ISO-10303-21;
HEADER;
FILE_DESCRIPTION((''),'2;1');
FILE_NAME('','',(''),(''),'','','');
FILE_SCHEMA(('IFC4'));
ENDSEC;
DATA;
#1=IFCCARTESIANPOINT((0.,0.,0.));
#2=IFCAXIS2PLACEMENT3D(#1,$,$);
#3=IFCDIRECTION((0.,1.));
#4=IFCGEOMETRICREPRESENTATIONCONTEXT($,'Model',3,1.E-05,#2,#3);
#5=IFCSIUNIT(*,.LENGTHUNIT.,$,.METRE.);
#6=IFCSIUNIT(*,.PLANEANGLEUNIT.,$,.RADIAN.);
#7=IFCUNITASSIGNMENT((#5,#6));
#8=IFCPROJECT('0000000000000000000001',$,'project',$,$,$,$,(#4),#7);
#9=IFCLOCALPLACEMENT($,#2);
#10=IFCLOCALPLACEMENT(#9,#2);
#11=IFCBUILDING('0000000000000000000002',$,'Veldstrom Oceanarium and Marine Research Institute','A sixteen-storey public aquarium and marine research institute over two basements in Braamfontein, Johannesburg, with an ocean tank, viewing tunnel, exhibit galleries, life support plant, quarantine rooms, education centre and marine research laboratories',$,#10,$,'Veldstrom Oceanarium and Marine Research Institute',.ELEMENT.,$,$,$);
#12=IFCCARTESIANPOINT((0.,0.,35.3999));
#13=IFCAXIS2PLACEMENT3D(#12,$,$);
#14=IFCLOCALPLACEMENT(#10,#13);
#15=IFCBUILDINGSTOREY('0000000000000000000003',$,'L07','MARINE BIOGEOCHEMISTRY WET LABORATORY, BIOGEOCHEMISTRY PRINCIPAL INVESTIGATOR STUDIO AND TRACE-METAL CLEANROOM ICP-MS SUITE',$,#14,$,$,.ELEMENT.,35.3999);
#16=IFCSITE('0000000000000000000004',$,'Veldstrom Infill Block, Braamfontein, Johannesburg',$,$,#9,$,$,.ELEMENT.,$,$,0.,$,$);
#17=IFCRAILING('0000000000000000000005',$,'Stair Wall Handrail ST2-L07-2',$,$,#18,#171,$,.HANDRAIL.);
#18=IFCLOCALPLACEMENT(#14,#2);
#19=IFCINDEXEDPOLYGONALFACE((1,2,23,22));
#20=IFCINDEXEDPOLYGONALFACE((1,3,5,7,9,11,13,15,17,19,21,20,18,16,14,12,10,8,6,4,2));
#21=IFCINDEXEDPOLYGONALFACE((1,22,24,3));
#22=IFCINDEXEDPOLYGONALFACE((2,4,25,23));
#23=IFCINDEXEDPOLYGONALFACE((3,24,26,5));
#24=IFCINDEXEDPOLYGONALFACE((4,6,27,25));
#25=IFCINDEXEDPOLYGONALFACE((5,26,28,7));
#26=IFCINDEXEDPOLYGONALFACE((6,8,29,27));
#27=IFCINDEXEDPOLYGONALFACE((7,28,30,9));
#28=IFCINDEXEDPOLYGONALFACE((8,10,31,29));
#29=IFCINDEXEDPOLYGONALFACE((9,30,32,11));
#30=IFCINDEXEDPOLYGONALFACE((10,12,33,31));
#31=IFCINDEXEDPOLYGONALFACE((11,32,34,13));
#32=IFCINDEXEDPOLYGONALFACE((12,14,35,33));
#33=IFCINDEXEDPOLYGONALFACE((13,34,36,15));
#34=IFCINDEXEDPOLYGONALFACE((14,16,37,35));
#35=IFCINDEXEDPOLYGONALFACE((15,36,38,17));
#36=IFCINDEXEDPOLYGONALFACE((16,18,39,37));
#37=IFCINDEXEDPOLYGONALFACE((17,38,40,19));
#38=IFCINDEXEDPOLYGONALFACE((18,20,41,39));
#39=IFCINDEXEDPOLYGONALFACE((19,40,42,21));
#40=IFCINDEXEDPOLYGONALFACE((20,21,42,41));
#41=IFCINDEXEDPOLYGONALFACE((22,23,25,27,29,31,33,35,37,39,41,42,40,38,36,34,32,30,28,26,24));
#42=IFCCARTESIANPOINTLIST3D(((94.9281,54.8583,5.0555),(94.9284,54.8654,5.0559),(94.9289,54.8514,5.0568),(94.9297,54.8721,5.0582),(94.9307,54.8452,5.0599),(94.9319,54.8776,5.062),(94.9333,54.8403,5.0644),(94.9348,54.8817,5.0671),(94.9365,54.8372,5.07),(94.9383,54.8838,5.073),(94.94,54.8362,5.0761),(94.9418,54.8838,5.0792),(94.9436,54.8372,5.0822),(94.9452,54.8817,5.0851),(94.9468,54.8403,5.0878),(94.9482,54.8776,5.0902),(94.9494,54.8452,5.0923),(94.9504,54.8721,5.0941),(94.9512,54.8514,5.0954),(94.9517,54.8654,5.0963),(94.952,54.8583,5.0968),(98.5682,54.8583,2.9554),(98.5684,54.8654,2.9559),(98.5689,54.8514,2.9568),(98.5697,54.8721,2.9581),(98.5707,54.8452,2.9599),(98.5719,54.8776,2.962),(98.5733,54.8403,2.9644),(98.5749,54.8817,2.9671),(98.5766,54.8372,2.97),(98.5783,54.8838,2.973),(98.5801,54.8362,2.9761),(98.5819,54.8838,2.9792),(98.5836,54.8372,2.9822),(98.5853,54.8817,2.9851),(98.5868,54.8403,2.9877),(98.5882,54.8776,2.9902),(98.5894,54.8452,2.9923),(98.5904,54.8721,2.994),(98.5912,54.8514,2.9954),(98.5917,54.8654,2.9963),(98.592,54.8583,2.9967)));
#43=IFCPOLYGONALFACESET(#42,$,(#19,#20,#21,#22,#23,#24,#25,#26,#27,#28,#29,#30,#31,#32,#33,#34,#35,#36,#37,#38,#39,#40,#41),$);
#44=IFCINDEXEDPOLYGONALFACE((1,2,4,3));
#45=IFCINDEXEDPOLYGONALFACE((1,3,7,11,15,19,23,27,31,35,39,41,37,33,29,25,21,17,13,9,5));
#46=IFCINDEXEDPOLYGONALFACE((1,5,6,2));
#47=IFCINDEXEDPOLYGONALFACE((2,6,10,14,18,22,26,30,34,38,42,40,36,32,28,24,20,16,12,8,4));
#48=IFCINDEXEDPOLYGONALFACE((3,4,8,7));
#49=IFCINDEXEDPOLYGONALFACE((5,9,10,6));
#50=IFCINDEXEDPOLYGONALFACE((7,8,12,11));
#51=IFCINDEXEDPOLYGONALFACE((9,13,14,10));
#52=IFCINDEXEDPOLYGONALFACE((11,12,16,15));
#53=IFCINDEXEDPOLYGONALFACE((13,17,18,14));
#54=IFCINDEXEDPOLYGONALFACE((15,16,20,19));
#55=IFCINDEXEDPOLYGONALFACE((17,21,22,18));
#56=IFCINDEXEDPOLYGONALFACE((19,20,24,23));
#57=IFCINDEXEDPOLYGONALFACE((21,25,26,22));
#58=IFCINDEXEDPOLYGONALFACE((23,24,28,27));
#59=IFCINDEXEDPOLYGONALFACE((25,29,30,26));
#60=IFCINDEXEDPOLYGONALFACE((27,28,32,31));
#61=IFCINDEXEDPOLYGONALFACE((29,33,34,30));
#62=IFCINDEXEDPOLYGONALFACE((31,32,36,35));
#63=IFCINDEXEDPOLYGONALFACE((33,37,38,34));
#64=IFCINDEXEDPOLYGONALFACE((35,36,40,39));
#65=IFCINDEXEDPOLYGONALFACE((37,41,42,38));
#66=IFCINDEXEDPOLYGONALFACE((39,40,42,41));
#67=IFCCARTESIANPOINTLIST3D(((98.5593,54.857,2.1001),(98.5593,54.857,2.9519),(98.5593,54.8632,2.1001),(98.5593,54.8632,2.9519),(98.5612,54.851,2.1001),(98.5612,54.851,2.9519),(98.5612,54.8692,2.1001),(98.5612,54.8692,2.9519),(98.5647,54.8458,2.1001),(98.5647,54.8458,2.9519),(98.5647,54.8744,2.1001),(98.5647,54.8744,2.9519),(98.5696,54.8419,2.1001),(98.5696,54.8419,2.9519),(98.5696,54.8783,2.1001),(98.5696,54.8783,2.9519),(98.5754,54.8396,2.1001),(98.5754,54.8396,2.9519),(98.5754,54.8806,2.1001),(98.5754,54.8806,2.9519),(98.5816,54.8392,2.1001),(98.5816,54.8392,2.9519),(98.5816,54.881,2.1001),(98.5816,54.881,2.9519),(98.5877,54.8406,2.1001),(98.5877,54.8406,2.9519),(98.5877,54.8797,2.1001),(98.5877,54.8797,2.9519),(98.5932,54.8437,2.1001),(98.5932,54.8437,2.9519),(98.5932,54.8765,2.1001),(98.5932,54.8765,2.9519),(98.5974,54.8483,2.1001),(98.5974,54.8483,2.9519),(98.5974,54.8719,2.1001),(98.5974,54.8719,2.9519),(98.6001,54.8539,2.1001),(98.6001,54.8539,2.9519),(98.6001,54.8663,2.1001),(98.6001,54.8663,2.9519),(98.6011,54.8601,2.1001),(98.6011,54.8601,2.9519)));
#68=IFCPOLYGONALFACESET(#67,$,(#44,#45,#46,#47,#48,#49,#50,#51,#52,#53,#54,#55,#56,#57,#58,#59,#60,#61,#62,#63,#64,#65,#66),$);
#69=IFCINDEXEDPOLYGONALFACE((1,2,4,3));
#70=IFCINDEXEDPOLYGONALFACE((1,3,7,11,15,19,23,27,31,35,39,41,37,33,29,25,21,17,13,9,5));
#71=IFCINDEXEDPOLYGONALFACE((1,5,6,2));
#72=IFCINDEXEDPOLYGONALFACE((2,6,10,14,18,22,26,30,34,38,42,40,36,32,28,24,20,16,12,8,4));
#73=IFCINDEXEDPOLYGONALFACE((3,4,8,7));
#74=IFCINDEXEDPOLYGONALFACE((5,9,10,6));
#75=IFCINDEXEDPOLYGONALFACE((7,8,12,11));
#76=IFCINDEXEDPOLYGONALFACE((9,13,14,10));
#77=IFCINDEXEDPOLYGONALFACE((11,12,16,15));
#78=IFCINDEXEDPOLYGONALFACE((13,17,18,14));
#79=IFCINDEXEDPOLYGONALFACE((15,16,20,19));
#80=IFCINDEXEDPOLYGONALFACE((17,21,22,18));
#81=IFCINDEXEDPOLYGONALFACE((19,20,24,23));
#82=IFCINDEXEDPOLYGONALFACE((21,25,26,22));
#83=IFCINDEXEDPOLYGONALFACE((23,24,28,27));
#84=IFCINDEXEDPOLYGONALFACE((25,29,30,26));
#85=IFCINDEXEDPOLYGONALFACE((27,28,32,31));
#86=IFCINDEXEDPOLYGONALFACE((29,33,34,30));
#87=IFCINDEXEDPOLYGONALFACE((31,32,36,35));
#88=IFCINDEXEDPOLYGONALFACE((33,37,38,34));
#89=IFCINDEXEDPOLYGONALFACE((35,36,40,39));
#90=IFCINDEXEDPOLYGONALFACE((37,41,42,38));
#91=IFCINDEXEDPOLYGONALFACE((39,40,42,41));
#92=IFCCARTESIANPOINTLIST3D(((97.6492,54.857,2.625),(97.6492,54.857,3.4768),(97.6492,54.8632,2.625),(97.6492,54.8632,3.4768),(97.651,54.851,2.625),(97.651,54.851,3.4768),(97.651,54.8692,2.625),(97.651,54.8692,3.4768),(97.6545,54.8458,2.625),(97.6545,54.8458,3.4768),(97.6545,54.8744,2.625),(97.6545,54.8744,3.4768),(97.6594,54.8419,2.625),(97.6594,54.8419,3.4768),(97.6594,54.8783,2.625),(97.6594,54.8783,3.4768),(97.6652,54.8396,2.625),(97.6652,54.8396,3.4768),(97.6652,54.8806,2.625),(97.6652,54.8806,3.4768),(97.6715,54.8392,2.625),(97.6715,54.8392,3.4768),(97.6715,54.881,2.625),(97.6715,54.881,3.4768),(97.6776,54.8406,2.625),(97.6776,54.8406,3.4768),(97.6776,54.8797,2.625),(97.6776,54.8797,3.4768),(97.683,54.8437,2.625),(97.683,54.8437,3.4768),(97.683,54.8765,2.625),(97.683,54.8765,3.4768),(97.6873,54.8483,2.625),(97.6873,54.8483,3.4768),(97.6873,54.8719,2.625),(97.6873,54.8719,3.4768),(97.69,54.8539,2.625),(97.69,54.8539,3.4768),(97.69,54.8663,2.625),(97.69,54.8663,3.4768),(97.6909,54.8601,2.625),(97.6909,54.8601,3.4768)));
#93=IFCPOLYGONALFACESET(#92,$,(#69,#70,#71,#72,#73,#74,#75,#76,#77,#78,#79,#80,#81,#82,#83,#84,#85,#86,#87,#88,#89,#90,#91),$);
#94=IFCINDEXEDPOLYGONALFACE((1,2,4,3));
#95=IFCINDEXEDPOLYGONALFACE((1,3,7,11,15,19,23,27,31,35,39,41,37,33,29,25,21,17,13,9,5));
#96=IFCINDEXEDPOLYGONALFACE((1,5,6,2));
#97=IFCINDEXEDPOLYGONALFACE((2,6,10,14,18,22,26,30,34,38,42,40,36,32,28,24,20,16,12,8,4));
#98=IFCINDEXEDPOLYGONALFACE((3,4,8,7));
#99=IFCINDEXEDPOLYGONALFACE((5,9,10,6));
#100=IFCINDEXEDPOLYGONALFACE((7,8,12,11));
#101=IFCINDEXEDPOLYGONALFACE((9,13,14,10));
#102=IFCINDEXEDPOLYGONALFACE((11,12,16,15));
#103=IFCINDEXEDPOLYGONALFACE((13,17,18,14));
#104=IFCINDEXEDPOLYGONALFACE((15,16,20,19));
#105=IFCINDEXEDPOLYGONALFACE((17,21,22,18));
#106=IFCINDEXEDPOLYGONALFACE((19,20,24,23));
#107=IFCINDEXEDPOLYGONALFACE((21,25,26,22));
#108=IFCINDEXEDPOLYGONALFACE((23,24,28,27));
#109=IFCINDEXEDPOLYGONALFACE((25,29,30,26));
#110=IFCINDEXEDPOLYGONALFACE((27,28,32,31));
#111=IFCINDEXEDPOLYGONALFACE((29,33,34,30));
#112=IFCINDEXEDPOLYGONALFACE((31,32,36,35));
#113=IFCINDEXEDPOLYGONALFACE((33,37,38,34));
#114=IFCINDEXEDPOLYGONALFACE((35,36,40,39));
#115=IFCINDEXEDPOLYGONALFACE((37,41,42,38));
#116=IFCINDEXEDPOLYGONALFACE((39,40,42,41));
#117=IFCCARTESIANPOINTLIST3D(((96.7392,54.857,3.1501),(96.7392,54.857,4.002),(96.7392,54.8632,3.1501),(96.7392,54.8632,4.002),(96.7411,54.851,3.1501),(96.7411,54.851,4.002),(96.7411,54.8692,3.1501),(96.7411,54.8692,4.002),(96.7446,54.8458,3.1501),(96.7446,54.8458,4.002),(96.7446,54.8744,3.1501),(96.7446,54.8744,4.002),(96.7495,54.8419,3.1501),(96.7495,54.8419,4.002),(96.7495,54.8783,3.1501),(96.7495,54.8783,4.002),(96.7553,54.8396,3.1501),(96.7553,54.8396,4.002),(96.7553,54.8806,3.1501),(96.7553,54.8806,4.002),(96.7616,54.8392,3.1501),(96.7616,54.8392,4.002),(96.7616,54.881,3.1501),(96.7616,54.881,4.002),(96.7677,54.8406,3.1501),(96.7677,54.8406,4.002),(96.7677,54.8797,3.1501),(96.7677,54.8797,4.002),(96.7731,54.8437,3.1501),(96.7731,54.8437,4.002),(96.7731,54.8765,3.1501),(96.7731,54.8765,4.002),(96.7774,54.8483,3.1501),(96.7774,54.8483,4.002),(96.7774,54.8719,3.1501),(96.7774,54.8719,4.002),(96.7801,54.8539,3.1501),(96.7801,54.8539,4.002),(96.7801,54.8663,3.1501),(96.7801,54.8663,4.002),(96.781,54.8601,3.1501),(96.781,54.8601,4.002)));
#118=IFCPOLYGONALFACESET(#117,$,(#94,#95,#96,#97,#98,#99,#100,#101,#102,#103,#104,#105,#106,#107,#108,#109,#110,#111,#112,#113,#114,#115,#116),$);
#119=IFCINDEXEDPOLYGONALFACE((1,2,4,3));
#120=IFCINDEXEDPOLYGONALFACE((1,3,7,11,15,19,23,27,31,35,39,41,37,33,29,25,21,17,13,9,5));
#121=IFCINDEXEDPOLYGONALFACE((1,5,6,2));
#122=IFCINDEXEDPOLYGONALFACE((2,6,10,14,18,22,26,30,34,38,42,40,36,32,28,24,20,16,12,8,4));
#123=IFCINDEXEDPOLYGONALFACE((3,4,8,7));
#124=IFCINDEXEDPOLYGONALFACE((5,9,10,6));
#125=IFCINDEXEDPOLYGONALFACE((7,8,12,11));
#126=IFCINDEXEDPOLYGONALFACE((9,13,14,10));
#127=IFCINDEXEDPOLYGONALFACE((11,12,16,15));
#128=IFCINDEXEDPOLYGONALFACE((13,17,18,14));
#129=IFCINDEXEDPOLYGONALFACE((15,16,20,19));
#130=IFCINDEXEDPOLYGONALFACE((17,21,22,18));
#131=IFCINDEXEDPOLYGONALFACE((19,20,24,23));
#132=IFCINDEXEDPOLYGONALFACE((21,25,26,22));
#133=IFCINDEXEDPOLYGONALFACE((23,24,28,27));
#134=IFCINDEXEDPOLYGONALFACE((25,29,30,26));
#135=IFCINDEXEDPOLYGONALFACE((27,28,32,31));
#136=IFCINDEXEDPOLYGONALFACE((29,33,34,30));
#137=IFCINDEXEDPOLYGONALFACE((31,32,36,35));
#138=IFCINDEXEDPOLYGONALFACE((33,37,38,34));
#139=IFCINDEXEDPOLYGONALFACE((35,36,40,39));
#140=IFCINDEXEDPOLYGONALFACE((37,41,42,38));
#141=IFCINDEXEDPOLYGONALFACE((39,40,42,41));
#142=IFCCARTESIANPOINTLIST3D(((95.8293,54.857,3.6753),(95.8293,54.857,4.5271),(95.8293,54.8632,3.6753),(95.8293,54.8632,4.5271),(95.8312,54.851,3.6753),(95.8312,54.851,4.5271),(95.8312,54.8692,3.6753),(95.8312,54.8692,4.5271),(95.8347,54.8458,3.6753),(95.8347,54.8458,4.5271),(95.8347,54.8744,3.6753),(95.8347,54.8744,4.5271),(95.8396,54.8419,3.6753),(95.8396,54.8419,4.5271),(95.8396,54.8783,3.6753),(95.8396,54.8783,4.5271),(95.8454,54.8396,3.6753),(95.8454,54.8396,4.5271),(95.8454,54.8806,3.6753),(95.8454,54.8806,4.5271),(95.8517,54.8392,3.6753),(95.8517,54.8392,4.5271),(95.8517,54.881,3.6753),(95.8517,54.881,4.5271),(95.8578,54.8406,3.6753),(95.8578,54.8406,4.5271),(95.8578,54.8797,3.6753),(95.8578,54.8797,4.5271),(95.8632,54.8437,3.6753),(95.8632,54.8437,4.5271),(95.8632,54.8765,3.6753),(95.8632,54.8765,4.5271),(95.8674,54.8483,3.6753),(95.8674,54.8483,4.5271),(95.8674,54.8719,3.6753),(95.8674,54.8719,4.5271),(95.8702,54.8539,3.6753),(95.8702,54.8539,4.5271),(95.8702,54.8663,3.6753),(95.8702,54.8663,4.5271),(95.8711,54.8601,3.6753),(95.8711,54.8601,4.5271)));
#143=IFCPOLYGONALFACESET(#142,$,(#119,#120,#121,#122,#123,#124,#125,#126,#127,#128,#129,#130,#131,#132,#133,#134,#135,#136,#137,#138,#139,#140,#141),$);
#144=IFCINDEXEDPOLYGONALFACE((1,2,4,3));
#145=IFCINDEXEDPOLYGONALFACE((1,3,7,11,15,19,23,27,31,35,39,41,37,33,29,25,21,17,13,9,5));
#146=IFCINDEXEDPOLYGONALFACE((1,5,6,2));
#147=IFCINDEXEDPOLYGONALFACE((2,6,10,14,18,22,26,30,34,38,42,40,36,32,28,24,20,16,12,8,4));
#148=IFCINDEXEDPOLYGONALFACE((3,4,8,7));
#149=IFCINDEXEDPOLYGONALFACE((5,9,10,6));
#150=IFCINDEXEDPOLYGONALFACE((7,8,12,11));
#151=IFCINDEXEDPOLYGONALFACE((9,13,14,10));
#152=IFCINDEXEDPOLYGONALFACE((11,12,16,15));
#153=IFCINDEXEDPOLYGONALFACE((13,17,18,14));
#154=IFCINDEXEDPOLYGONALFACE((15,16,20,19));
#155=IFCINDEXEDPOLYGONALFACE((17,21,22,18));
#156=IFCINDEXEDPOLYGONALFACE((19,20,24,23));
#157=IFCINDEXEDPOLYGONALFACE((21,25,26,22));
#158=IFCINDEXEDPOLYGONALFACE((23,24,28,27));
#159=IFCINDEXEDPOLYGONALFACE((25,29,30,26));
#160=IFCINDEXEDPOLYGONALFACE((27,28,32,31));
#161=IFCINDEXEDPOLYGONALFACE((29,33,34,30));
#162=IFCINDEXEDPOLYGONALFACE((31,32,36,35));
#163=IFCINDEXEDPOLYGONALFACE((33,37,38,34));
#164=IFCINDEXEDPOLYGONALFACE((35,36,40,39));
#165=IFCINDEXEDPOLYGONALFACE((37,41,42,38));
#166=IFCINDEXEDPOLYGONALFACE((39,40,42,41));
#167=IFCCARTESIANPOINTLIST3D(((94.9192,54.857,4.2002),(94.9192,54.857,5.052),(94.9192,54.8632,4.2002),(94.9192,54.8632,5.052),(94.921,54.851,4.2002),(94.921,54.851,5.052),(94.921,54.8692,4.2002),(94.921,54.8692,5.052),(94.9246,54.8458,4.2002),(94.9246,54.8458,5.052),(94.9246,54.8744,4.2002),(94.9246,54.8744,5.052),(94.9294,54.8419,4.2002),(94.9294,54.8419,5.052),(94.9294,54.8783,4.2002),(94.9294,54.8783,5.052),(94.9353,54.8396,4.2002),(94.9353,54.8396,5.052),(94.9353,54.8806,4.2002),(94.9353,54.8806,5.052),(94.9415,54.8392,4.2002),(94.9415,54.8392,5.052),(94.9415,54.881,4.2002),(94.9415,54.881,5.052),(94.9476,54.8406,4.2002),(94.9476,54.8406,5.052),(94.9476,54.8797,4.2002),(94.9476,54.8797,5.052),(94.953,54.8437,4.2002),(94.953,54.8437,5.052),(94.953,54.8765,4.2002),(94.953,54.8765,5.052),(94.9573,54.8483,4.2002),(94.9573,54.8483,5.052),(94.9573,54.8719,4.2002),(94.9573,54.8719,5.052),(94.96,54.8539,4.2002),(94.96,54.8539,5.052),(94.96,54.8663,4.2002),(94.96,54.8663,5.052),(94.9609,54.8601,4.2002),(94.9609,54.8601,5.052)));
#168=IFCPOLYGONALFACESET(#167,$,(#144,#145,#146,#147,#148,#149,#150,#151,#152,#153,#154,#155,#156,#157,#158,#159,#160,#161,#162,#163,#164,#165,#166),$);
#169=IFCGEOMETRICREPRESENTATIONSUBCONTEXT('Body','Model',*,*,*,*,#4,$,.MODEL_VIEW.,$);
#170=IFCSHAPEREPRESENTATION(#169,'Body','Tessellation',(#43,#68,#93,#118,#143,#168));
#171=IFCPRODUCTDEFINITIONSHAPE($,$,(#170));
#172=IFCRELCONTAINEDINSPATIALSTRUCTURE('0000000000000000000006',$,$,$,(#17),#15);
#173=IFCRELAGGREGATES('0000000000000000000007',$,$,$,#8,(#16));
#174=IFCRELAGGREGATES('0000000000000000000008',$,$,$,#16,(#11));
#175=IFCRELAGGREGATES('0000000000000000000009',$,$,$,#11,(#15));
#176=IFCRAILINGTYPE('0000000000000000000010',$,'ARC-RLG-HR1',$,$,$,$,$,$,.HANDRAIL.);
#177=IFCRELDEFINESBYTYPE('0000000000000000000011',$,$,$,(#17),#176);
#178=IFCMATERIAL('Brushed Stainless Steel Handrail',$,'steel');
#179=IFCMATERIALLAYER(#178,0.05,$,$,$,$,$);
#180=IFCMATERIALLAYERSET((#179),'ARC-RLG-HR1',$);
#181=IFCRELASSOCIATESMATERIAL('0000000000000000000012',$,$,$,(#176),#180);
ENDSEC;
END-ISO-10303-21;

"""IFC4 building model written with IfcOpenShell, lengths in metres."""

from ifc_helpers import new_model, si_unit, direction, frame, origin, origin_2d, place, context, subcontext, project, spatial, circle, extrude, material, layer, layer_set, type_object, element, save


model = new_model("IFC4")

# Units and contexts
model_context = context("Model", 3, precision=1e-05, world=origin(), true_north=direction((0.0, 1.0)))
body_context = subcontext(model_context, "Body", "Model", "MODEL_VIEW")
ifc_project = project(units=[si_unit("LENGTHUNIT", "METRE"), si_unit("PLANEANGLEUNIT", "RADIAN")], contexts=[model_context])

# Site, building, storey
site_placement = place(None, origin())
site = spatial("IfcSite", under=ifc_project, at=site_placement, Name="Veldstrom Infill Block, Braamfontein, Johannesburg", CompositionType="ELEMENT", RefElevation=0.0)
building_placement = place(site_placement, origin())
building = spatial("IfcBuilding", under=site, at=building_placement, Name="Veldstrom Oceanarium and Marine Research Institute", Description="A sixteen-storey public aquarium and marine research institute over two basements in Braamfontein, Johannesburg, with an ocean tank, viewing tunnel, exhibit galleries, life support plant, quarantine rooms, education centre and marine research laboratories", LongName="Veldstrom Oceanarium and Marine Research Institute", CompositionType="ELEMENT")
storey_placement = place(building_placement, frame((0.0, 0.0, 35.3999)))
storey = spatial("IfcBuildingStorey", under=building, at=storey_placement, Name="L07", Description="MARINE BIOGEOCHEMISTRY WET LABORATORY, BIOGEOCHEMISTRY PRINCIPAL INVESTIGATOR STUDIO AND TRACE-METAL CLEANROOM ICP-MS SUITE", CompositionType="ELEMENT", Elevation=35.3999)

# Railing
ifc_material_1 = material(Name="Brushed Stainless Steel Handrail", Category="steel")
ifc_layer_1 = layer(ifc_material_1, 0.05)
ifc_layer_set_1 = layer_set([ifc_layer_1], Name="ARC-RLG-HR1")
railing_type_1 = type_object("IfcRailingType", Name="ARC-RLG-HR1", PredefinedType="HANDRAIL", material=ifc_layer_set_1)
railing_1_placement = place(storey_placement, frame((98.5801, 54.8601, 2.1001)))
element("IfcRailing", 1, at=railing_1_placement, inside=storey, type_object=railing_type_1, Name="Stair Wall Handrail ST2-L07-2", PredefinedType="HANDRAIL", context=body_context, shape_type="SweptSolid", body=[
    extrude(circle(Radius=0.0239, at=origin_2d()), frame((0.0, 0.0, 0.876), z_axis=(-0.866184, 0.0, 0.499726), x_axis=(0.0, -1.0, 0.0)), (0.0, 0.0, 1.0), 4.2024),
    extrude(circle(Radius=0.021, at=origin_2d()), origin(), (0.0, 0.0, 1.0), 0.8518),
    extrude(circle(Radius=0.021, at=origin_2d()), frame((-0.9102, 0.0, 0.5249)), (0.0, 0.0, 1.0), 0.8518),
    extrude(circle(Radius=0.021, at=origin_2d()), frame((-1.8201, 0.0, 1.05)), (0.0, 0.0, 1.0), 0.8518),
    extrude(circle(Radius=0.021, at=origin_2d()), frame((-2.73, 0.0, 1.5752)), (0.0, 0.0, 1.0), 0.8518),
    extrude(circle(Radius=0.021, at=origin_2d()), frame((-3.6401, 0.0, 2.1001)), (0.0, 0.0, 1.0), 0.8518),
])

save(model, "model.ifc")
